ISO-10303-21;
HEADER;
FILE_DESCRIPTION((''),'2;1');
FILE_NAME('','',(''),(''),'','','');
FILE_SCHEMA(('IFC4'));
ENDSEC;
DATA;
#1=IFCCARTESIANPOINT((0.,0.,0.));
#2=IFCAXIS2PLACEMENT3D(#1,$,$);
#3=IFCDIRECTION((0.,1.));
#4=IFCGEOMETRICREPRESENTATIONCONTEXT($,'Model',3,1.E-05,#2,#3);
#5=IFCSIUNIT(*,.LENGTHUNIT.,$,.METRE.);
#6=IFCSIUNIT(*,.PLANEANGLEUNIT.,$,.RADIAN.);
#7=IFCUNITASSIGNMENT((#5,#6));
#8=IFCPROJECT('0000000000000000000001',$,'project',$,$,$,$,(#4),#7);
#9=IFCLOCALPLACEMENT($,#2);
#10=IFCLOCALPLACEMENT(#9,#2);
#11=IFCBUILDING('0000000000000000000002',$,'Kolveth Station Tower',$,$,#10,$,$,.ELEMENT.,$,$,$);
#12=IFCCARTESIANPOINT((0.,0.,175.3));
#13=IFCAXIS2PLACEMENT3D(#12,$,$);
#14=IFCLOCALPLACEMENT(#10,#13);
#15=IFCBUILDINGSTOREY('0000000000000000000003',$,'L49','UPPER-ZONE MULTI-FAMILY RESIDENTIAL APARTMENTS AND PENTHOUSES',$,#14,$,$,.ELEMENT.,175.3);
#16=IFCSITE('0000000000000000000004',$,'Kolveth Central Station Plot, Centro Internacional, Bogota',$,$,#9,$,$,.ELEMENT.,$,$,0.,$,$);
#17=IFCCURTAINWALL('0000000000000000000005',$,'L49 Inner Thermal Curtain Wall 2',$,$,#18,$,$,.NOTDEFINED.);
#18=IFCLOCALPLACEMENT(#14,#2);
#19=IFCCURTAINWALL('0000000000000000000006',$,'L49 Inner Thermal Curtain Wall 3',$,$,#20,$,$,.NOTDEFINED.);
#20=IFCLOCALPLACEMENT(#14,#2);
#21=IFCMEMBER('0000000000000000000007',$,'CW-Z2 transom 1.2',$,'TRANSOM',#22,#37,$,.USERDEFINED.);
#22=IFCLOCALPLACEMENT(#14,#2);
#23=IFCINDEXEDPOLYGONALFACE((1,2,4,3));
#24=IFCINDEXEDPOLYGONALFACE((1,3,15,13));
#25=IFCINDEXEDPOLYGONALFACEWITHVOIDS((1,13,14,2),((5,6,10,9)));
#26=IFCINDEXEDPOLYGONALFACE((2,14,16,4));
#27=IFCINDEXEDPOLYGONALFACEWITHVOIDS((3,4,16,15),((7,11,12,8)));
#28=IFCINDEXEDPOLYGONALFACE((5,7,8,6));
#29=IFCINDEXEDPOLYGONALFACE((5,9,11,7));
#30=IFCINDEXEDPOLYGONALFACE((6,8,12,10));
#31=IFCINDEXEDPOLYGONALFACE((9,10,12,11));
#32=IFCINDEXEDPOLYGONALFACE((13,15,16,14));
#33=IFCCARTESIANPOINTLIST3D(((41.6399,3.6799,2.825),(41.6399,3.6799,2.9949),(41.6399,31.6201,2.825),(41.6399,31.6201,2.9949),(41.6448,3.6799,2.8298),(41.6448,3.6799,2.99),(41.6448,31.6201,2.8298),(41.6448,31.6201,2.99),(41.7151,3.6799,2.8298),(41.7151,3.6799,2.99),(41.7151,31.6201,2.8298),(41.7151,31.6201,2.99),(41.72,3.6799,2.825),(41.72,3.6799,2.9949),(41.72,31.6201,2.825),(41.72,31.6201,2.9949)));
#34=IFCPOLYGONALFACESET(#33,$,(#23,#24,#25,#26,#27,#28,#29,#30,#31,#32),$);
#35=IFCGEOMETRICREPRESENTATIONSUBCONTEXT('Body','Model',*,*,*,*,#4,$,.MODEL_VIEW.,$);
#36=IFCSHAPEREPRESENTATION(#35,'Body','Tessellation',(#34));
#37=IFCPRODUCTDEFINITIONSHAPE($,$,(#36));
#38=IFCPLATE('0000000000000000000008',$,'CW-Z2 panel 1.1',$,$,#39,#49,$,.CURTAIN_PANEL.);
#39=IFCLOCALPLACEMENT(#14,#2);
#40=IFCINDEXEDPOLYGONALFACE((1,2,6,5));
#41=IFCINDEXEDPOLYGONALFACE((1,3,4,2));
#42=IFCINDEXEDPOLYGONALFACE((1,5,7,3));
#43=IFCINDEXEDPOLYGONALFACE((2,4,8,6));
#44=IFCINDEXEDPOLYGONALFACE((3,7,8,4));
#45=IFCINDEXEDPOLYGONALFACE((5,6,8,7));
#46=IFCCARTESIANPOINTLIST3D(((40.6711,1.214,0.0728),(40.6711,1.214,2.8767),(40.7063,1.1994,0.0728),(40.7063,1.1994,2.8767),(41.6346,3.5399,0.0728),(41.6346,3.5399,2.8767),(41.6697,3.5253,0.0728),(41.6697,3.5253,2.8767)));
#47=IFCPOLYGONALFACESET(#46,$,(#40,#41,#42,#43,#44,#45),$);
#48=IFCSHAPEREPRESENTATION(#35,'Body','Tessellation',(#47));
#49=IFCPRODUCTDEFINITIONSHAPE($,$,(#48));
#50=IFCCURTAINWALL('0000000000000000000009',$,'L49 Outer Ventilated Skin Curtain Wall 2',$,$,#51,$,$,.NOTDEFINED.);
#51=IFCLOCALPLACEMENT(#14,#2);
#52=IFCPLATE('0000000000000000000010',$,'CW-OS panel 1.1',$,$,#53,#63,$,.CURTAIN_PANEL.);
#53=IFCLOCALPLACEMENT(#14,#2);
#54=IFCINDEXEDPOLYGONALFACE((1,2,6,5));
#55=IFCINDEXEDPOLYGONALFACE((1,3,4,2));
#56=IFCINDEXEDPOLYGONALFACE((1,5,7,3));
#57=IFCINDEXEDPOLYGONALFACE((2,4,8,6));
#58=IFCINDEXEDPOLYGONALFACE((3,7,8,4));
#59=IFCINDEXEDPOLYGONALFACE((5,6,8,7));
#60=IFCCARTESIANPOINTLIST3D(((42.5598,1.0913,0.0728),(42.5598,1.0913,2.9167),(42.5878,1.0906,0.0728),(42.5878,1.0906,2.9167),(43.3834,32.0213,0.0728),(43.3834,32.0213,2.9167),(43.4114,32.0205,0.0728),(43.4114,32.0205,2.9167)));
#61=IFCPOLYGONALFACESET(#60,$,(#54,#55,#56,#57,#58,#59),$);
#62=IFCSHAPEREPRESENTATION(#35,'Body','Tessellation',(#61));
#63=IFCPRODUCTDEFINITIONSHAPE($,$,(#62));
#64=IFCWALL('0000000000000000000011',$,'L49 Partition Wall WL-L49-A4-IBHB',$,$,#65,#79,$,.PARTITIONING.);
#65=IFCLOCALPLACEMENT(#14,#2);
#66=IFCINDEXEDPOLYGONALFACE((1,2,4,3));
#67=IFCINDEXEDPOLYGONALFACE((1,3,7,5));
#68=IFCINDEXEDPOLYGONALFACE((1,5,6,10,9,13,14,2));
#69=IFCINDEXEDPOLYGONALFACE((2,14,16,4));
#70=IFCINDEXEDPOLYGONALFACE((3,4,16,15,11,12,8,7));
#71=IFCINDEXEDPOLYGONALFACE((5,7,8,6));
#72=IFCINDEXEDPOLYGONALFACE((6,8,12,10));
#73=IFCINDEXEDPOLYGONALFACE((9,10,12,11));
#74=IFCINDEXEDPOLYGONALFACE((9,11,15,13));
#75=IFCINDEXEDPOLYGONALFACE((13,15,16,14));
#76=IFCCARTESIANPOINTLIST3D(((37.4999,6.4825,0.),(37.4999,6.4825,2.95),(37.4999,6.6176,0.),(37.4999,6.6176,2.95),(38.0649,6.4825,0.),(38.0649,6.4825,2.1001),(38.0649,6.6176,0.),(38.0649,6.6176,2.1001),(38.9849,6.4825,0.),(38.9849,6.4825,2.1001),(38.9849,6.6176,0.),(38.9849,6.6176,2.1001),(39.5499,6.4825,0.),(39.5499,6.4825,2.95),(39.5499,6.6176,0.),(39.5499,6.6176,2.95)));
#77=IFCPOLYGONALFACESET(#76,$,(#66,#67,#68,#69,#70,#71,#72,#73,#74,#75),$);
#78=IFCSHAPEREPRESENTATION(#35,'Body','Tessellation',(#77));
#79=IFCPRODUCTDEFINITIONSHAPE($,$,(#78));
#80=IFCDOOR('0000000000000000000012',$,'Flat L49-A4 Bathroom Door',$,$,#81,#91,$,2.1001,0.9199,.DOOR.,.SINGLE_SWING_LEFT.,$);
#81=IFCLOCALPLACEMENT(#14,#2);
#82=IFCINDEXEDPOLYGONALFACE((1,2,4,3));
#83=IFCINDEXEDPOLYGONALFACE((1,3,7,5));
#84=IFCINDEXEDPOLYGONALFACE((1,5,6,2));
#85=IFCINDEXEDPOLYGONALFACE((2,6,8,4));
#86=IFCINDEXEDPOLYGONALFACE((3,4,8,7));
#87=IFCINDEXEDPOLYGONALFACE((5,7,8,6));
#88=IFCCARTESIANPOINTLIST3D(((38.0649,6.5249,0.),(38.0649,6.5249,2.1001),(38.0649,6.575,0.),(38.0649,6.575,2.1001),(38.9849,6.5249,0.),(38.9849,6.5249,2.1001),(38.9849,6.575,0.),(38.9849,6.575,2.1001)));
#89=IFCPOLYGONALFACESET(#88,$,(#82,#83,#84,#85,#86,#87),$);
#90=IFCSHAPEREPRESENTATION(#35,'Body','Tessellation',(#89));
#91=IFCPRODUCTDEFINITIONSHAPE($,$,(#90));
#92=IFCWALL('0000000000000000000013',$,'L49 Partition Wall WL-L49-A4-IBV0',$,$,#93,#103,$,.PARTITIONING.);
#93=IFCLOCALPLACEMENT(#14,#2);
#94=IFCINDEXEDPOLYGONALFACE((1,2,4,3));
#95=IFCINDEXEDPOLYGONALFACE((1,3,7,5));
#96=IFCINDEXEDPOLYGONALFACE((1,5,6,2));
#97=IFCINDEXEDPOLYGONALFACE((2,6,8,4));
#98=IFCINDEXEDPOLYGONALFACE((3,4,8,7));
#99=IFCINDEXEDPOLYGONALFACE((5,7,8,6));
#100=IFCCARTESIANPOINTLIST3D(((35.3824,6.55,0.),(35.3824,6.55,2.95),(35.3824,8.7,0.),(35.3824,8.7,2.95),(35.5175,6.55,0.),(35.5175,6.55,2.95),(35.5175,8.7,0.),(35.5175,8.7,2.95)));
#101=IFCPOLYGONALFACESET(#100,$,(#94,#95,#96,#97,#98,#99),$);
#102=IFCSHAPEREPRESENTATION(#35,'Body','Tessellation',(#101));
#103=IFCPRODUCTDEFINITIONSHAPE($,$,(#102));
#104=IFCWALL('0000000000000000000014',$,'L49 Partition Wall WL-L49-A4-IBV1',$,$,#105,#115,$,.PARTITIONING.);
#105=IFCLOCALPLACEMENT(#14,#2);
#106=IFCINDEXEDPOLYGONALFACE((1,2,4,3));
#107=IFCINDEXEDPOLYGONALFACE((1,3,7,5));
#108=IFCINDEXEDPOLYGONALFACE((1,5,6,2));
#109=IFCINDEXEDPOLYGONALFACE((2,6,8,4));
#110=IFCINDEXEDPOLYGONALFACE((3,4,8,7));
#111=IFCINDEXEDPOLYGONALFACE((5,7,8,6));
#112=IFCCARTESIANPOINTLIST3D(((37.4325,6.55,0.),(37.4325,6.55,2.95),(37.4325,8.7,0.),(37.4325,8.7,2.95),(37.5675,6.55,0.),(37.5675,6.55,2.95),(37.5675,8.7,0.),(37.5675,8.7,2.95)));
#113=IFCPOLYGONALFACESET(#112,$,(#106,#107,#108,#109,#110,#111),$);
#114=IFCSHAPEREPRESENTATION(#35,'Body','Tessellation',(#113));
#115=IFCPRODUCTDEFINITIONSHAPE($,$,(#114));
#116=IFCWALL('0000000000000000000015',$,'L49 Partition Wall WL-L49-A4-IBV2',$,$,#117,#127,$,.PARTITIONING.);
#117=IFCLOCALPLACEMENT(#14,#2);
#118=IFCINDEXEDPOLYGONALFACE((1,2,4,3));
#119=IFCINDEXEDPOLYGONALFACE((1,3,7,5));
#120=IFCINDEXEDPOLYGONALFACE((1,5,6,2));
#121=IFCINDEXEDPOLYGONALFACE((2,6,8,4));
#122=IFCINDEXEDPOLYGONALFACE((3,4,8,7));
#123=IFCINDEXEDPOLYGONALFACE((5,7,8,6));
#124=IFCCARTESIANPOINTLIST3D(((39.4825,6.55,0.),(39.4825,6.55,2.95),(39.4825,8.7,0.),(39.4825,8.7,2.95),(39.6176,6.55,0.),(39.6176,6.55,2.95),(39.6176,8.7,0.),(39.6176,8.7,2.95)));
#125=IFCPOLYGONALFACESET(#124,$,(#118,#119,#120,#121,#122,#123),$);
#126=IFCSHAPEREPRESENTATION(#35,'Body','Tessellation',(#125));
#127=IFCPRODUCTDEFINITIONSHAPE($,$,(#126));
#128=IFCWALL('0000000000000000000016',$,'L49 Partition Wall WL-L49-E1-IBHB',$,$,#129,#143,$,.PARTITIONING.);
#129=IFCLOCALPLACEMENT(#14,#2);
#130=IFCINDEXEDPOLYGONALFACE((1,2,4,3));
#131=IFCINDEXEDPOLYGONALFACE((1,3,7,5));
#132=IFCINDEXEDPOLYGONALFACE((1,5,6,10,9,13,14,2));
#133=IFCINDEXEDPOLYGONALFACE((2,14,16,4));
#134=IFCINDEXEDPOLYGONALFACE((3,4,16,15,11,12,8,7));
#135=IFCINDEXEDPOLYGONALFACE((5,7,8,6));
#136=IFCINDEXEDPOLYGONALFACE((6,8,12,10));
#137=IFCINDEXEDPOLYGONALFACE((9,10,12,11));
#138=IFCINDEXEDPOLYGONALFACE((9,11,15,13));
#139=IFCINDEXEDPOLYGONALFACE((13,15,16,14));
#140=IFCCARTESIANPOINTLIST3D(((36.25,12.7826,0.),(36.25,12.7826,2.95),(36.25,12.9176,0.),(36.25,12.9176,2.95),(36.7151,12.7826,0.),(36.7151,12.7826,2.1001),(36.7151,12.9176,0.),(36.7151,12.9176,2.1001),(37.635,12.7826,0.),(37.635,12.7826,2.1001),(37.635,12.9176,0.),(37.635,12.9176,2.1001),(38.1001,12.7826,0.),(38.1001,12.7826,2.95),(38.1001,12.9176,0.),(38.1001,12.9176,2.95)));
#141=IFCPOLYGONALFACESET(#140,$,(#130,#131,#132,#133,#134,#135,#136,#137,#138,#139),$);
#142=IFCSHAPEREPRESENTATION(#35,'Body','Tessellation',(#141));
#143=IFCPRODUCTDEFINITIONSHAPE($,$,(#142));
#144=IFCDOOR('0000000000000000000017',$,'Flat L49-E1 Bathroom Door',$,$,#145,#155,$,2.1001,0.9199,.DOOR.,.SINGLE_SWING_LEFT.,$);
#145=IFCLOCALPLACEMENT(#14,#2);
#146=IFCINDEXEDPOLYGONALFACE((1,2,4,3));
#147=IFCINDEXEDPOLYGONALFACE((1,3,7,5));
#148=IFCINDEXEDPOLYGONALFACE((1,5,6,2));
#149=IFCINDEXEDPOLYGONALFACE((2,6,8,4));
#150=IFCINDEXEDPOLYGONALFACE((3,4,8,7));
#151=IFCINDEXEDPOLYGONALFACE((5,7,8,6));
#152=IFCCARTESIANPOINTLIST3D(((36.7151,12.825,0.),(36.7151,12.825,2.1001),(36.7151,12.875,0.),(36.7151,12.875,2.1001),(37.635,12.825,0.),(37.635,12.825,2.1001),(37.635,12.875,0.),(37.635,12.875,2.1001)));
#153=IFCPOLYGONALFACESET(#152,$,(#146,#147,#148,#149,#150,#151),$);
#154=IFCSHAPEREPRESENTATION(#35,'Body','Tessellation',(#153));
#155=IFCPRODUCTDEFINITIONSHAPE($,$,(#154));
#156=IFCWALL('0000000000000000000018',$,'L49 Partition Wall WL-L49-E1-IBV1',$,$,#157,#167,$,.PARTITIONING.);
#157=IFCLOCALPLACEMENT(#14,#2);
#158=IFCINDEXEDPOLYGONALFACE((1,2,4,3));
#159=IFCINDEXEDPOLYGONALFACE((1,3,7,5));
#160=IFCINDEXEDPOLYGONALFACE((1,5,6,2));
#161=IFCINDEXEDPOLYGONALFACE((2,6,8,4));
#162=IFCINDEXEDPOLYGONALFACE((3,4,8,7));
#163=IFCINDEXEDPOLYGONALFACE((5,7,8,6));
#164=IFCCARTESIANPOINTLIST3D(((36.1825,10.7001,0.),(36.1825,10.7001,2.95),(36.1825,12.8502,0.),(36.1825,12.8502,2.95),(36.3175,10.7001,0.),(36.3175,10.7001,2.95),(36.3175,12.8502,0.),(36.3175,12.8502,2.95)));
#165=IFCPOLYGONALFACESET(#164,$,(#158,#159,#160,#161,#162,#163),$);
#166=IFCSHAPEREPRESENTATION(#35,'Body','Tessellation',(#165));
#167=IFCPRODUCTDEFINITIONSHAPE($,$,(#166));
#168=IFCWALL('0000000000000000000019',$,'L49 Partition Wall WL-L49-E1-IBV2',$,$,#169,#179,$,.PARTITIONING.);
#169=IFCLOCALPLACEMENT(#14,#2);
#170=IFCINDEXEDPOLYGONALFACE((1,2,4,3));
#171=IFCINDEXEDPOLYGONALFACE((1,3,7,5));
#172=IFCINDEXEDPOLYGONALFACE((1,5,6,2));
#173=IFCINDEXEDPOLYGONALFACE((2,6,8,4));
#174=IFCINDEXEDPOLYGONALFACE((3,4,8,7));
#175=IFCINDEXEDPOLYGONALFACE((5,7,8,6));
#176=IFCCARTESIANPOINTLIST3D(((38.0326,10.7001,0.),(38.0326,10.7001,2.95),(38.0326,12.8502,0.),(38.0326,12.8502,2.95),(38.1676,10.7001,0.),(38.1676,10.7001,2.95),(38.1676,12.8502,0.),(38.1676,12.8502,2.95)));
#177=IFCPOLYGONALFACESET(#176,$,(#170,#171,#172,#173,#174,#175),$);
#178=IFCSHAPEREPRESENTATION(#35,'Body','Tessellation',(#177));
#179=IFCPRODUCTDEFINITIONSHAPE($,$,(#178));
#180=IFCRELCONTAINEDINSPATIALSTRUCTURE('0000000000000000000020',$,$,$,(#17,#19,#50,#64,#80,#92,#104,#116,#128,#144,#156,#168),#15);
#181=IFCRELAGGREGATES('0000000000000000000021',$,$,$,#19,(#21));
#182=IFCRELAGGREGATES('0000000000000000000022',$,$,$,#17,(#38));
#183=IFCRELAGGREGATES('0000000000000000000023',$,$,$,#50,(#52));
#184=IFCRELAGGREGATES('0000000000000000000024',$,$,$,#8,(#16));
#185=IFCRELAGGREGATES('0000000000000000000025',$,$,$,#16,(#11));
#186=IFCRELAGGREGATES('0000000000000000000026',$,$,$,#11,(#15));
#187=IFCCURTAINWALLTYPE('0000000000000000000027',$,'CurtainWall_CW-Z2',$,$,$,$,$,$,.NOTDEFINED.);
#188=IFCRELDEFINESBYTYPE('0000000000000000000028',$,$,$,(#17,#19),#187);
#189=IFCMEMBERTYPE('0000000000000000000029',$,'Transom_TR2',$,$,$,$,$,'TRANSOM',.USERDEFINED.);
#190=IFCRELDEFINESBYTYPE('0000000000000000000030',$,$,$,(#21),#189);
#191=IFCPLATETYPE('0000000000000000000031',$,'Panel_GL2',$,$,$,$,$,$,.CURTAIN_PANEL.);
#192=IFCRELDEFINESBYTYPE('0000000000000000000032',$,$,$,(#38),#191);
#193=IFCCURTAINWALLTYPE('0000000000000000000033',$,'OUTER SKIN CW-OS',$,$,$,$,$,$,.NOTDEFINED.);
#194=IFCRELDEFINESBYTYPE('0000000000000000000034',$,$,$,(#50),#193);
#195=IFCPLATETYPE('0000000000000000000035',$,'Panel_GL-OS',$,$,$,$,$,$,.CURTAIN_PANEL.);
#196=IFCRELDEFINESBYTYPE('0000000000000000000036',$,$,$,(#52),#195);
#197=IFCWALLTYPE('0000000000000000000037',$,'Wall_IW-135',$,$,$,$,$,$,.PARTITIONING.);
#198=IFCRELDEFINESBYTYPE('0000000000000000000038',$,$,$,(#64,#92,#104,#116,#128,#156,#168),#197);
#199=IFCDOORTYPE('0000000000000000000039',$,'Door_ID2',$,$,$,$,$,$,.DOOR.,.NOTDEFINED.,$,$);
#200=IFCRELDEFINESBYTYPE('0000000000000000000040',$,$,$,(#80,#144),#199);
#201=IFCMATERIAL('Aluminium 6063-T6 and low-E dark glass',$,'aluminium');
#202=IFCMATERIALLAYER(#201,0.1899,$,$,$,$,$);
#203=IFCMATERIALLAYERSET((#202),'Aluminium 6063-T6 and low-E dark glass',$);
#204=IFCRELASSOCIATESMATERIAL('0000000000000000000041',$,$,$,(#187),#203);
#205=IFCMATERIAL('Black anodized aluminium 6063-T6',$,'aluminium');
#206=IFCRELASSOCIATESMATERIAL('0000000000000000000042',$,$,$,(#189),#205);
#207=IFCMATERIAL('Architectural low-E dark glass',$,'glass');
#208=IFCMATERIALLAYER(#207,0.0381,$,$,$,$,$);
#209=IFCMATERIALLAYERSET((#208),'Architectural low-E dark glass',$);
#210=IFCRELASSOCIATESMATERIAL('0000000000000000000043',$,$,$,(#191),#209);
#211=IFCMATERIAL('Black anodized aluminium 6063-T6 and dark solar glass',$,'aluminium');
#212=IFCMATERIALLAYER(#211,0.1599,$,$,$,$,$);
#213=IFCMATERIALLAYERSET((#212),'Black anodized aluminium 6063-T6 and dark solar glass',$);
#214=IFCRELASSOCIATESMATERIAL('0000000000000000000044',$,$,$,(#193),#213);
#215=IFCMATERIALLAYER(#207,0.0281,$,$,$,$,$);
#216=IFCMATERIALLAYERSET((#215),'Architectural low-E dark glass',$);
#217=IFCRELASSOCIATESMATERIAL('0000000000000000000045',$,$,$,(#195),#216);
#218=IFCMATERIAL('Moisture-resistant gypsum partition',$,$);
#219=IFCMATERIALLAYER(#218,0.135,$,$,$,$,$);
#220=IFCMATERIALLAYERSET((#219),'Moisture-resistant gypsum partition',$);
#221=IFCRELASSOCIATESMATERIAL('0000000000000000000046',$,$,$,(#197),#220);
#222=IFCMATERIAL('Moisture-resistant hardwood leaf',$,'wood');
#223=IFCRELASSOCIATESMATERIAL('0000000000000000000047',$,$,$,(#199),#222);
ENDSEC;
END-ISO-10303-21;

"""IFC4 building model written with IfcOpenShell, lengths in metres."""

from ifc_helpers import new_model, si_unit, direction, frame, frame_2d, origin, origin_2d, place, context, subcontext, project, spatial, rectangle, hollow_rectangle, extrude, source, transform, mapped, material, layer, layer_set, material_profile, profile_set, type_object, element, fill, aggregate, save


model = new_model("IFC4")

# Units and contexts
model_context = context("Model", 3, precision=1e-05, world=origin(), true_north=direction((0.0, 1.0)))
body_context = subcontext(model_context, "Body", "Model", "MODEL_VIEW")
ifc_project = project(units=[si_unit("LENGTHUNIT", "METRE"), si_unit("PLANEANGLEUNIT", "RADIAN")], contexts=[model_context])

# Site, building, storey
site_placement = place(None, origin())
site = spatial("IfcSite", under=ifc_project, at=site_placement, Name="Kolveth Central Station Plot, Centro Internacional, Bogota", CompositionType="ELEMENT", RefElevation=0.0)
building_placement = place(site_placement, origin())
building = spatial("IfcBuilding", under=site, at=building_placement, Name="Kolveth Station Tower", CompositionType="ELEMENT")
storey_placement = place(building_placement, frame((0.0, 0.0, 175.3)))
storey = spatial("IfcBuildingStorey", under=building, at=storey_placement, Name="L49", Description="UPPER-ZONE MULTI-FAMILY RESIDENTIAL APARTMENTS AND PENTHOUSES", CompositionType="ELEMENT", Elevation=175.3)

# Curtain walls
ifc_material_1 = material(Name="Aluminium 6063-T6 and low-E dark glass", Category="aluminium")
ifc_layer_1 = layer(ifc_material_1, 0.1899)
ifc_layer_set_1 = layer_set([ifc_layer_1], Name="Aluminium 6063-T6 and low-E dark glass")
curtain_wall_type_1 = type_object("IfcCurtainWallType", Name="CurtainWall_CW-Z2", PredefinedType="NOTDEFINED", material=ifc_layer_set_1)
curtain_wall_1_placement = place(storey_placement, origin())
curtain_wall_1 = element("IfcCurtainWall", 1, at=curtain_wall_1_placement, inside=storey, type_object=curtain_wall_type_1, Name="L49 Inner Thermal Curtain Wall 2", PredefinedType="NOTDEFINED")
ifc_material_2 = material(Name="Black anodized aluminium 6063-T6", Category="aluminium")
curtain_wall_2_placement = place(storey_placement, origin())
curtain_wall_2 = element("IfcCurtainWall", 2, at=curtain_wall_2_placement, inside=storey, type_object=curtain_wall_type_1, Name="L49 Inner Thermal Curtain Wall 3", PredefinedType="NOTDEFINED")

# Member
ifc_material_profile_1 = material_profile(ifc_material_2, hollow_rectangle(XDim=0.0801, YDim=0.1699, WallThickness=0.0049, at=origin_2d()), Name="ALU-80x170x5")
ifc_profile_set_1 = profile_set([ifc_material_profile_1], Name="Black anodized aluminium 6063-T6")
member_type_1 = type_object("IfcMemberType", Name="Transom_TR2", ElementType="TRANSOM", PredefinedType="USERDEFINED", material=ifc_profile_set_1)
shared_shape_1 = source(origin(), body_context, "Body", "SweptSolid", [
    extrude(hollow_rectangle(XDim=0.0801, YDim=0.1699, WallThickness=0.0049, at=origin_2d()), origin(), (0.0, 0.0, 1.0), 27.9402),
])
member_1_placement = place(storey_placement, frame((41.6799, 3.6799, 2.9099), z_axis=(0.0, 1.0, 0.0), x_axis=(-1.0, 0.0, 0.0)))
member_1 = element("IfcMember", 3, at=member_1_placement, type_object=member_type_1, Name="CW-Z2 transom 1.2", ObjectType="TRANSOM", PredefinedType="USERDEFINED", context=body_context, shape_type="MappedRepresentation", body=[
    mapped(shared_shape_1, transform((0.0, 0.0, 0.0), x_axis=(1.0, 0.0, 0.0), y_axis=(0.0, 1.0, 0.0), z_axis=(0.0, 0.0, 1.0), scale=1.0)),
])
aggregate(curtain_wall_2, [member_1])

# Plate
ifc_material_3 = material(Name="Architectural low-E dark glass", Category="glass")
ifc_layer_2 = layer(ifc_material_3, 0.0381)
ifc_layer_set_2 = layer_set([ifc_layer_2], Name="Architectural low-E dark glass")
plate_type_1 = type_object("IfcPlateType", Name="Panel_GL2", PredefinedType="CURTAIN_PANEL", material=ifc_layer_set_2)
shared_shape_2 = source(origin(), body_context, "Body", "SweptSolid", [
    extrude(rectangle(XDim=2.5176, YDim=0.0381, at=origin_2d()), origin(), (0.0, 0.0, 1.0), 2.804),
])
plate_1_placement = place(storey_placement, frame((41.1704, 2.3696, 0.0728), z_axis=(0.0, 0.0, 1.0), x_axis=(0.382698, 0.923874, 0.0)))
plate_1 = element("IfcPlate", 4, at=plate_1_placement, type_object=plate_type_1, Name="CW-Z2 panel 1.1", PredefinedType="CURTAIN_PANEL", context=body_context, shape_type="MappedRepresentation", body=[
    mapped(shared_shape_2, transform((0.0, 0.0, 0.0), x_axis=(1.0, 0.0, 0.0), y_axis=(0.0, 1.0, 0.0), z_axis=(0.0, 0.0, 1.0), scale=1.0)),
])
aggregate(curtain_wall_1, [plate_1])

# Curtain wall, plate
ifc_material_4 = material(Name="Black anodized aluminium 6063-T6 and dark solar glass", Category="aluminium")
ifc_layer_3 = layer(ifc_material_4, 0.1599)
ifc_layer_set_3 = layer_set([ifc_layer_3], Name="Black anodized aluminium 6063-T6 and dark solar glass")
curtain_wall_type_2 = type_object("IfcCurtainWallType", Name="OUTER SKIN CW-OS", PredefinedType="NOTDEFINED", material=ifc_layer_set_3)
curtain_wall_3_placement = place(storey_placement, origin())
curtain_wall_3 = element("IfcCurtainWall", 5, at=curtain_wall_3_placement, inside=storey, type_object=curtain_wall_type_2, Name="L49 Outer Ventilated Skin Curtain Wall 2", PredefinedType="NOTDEFINED")
ifc_layer_4 = layer(ifc_material_3, 0.0281)
ifc_layer_set_4 = layer_set([ifc_layer_4], Name="Architectural low-E dark glass")
plate_type_2 = type_object("IfcPlateType", Name="Panel_GL-OS", PredefinedType="CURTAIN_PANEL", material=ifc_layer_set_4)
shared_shape_3 = source(origin(), body_context, "Body", "SweptSolid", [
    extrude(rectangle(XDim=30.9409, YDim=0.0281, at=origin_2d()), origin(), (0.0, 0.0, 1.0), 2.844),
])
plate_2_placement = place(storey_placement, frame((42.9856, 16.5559, 0.0728), z_axis=(0.0, 0.0, 1.0), x_axis=(0.026618, 0.999646, 0.0)))
plate_2 = element("IfcPlate", 6, at=plate_2_placement, type_object=plate_type_2, Name="CW-OS panel 1.1", PredefinedType="CURTAIN_PANEL", context=body_context, shape_type="MappedRepresentation", body=[
    mapped(shared_shape_3, transform((0.0, 0.0, 0.0), x_axis=(1.0, 0.0, 0.0), y_axis=(0.0, 1.0, 0.0), z_axis=(0.0, 0.0, 1.0), scale=1.0)),
])
aggregate(curtain_wall_3, [plate_2])

# Wall, opening, door
ifc_material_5 = material(Name="Moisture-resistant gypsum partition")
ifc_layer_5 = layer(ifc_material_5, 0.135)
ifc_layer_set_5 = layer_set([ifc_layer_5], Name="Moisture-resistant gypsum partition")
wall_type_1 = type_object("IfcWallType", Name="Wall_IW-135", PredefinedType="PARTITIONING", material=ifc_layer_set_5)
wall_1_placement = place(storey_placement, frame((37.5, 6.55, 0.0), z_axis=(0.0, 0.0, 1.0), x_axis=(1.0, 0.0, 0.0)))
wall_1 = element("IfcWall", 7, at=wall_1_placement, inside=storey, type_object=wall_type_1, Name="L49 Partition Wall WL-L49-A4-IBHB", PredefinedType="PARTITIONING", context=body_context, shape_type="SweptSolid", body=[
    extrude(rectangle(XDim=2.05, YDim=0.135, at=frame_2d((1.0249, 0.0))), origin(), (0.0, 0.0, 1.0), 2.95),
])
opening_1_placement = place(wall_1_placement, frame((0.5649, 0.0, 0.0)))
opening_1 = element("IfcOpeningElement", 8, at=opening_1_placement, cuts=wall_1, PredefinedType="OPENING", context=body_context, shape_type="SweptSolid", body=[
    extrude(rectangle(XDim=0.9199, YDim=2.1001, at=frame_2d((0.46, 1.05))), frame((0.0, 0.0774, 0.0), z_axis=(0.0, -1.0, 0.0), x_axis=(1.0, 0.0, 0.0)), (0.0, 0.0, 1.0), 0.155),
])
ifc_material_6 = material(Name="Moisture-resistant hardwood leaf", Category="wood")
door_type_1 = type_object("IfcDoorType", Name="Door_ID2", OperationType="NOTDEFINED", PredefinedType="DOOR", material=ifc_material_6)
door_1_placement = place(opening_1_placement, origin())
door_1 = element("IfcDoor", 9, at=door_1_placement, inside=storey, type_object=door_type_1, Name="Flat L49-A4 Bathroom Door", OperationType="SINGLE_SWING_LEFT", OverallHeight=2.1001, OverallWidth=0.9199, PredefinedType="DOOR", context=body_context, shape_type="SweptSolid", body=[
    extrude(rectangle(XDim=0.9199, YDim=2.1001, at=frame_2d((0.46, 1.05))), frame((0.0, 0.0249, 0.0), z_axis=(0.0, -1.0, 0.0), x_axis=(1.0, 0.0, 0.0)), (0.0, 0.0, 1.0), 0.05),
])
fill(opening_1, door_1)

# Walls
for number, where, z_axis, x_axis, name in (
    (10, (35.45, 6.55, 0.0), (0.0, 0.0, 1.0), (0.0, 1.0, 0.0), "L49 Partition Wall WL-L49-A4-IBV0"),
    (11, (37.5, 6.55, 0.0), (0.0, 0.0, 1.0), (0.0, 1.0, 0.0), "L49 Partition Wall WL-L49-A4-IBV1"),
    (12, (39.55, 6.55, 0.0), (0.0, 0.0, 1.0), (0.0, 1.0, 0.0), "L49 Partition Wall WL-L49-A4-IBV2"),
):
    element("IfcWall", number, at=place(storey_placement, frame(where, z_axis=z_axis, x_axis=x_axis)), inside=storey, type_object=wall_type_1, Name=name, PredefinedType="PARTITIONING", context=body_context, shape_type="SweptSolid", body=[
        extrude(rectangle(XDim=2.1499, YDim=0.135, at=frame_2d((1.075, 0.0))), origin(), (0.0, 0.0, 1.0), 2.95),
    ])

# Wall, opening, door
wall_2_placement = place(storey_placement, frame((36.25, 12.8501, 0.0), z_axis=(0.0, 0.0, 1.0), x_axis=(1.0, 0.0, 0.0)))
wall_2 = element("IfcWall", 13, at=wall_2_placement, inside=storey, type_object=wall_type_1, Name="L49 Partition Wall WL-L49-E1-IBHB", PredefinedType="PARTITIONING", context=body_context, shape_type="SweptSolid", body=[
    extrude(rectangle(XDim=1.8501, YDim=0.135, at=frame_2d((0.925, 0.0))), origin(), (0.0, 0.0, 1.0), 2.95),
])
opening_2_placement = place(wall_2_placement, frame((0.4651, 0.0, 0.0)))
opening_2 = element("IfcOpeningElement", 14, at=opening_2_placement, cuts=wall_2, PredefinedType="OPENING", context=body_context, shape_type="SweptSolid", body=[
    extrude(rectangle(XDim=0.9199, YDim=2.1001, at=frame_2d((0.46, 1.05))), frame((0.0, 0.0774, 0.0), z_axis=(0.0, -1.0, 0.0), x_axis=(1.0, 0.0, 0.0)), (0.0, 0.0, 1.0), 0.155),
])
door_2_placement = place(opening_2_placement, origin())
door_2 = element("IfcDoor", 15, at=door_2_placement, inside=storey, type_object=door_type_1, Name="Flat L49-E1 Bathroom Door", OperationType="SINGLE_SWING_LEFT", OverallHeight=2.1001, OverallWidth=0.9199, PredefinedType="DOOR", context=body_context, shape_type="SweptSolid", body=[
    extrude(rectangle(XDim=0.9199, YDim=2.1001, at=frame_2d((0.46, 1.05))), frame((0.0, 0.0249, 0.0), z_axis=(0.0, -1.0, 0.0), x_axis=(1.0, 0.0, 0.0)), (0.0, 0.0, 1.0), 0.05),
])
fill(opening_2, door_2)

# Walls
for number, where, z_axis, x_axis, name in (
    (16, (36.25, 10.7, 0.0), (0.0, 0.0, 1.0), (0.0, 1.0, 0.0), "L49 Partition Wall WL-L49-E1-IBV1"),
    (17, (38.1001, 10.7, 0.0), (0.0, 0.0, 1.0), (0.0, 1.0, 0.0), "L49 Partition Wall WL-L49-E1-IBV2"),
):
    element("IfcWall", number, at=place(storey_placement, frame(where, z_axis=z_axis, x_axis=x_axis)), inside=storey, type_object=wall_type_1, Name=name, PredefinedType="PARTITIONING", context=body_context, shape_type="SweptSolid", body=[
        extrude(rectangle(XDim=2.1501, YDim=0.135, at=frame_2d((1.0752, 0.0))), origin(), (0.0, 0.0, 1.0), 2.95),
    ])

save(model, "model.ifc")
